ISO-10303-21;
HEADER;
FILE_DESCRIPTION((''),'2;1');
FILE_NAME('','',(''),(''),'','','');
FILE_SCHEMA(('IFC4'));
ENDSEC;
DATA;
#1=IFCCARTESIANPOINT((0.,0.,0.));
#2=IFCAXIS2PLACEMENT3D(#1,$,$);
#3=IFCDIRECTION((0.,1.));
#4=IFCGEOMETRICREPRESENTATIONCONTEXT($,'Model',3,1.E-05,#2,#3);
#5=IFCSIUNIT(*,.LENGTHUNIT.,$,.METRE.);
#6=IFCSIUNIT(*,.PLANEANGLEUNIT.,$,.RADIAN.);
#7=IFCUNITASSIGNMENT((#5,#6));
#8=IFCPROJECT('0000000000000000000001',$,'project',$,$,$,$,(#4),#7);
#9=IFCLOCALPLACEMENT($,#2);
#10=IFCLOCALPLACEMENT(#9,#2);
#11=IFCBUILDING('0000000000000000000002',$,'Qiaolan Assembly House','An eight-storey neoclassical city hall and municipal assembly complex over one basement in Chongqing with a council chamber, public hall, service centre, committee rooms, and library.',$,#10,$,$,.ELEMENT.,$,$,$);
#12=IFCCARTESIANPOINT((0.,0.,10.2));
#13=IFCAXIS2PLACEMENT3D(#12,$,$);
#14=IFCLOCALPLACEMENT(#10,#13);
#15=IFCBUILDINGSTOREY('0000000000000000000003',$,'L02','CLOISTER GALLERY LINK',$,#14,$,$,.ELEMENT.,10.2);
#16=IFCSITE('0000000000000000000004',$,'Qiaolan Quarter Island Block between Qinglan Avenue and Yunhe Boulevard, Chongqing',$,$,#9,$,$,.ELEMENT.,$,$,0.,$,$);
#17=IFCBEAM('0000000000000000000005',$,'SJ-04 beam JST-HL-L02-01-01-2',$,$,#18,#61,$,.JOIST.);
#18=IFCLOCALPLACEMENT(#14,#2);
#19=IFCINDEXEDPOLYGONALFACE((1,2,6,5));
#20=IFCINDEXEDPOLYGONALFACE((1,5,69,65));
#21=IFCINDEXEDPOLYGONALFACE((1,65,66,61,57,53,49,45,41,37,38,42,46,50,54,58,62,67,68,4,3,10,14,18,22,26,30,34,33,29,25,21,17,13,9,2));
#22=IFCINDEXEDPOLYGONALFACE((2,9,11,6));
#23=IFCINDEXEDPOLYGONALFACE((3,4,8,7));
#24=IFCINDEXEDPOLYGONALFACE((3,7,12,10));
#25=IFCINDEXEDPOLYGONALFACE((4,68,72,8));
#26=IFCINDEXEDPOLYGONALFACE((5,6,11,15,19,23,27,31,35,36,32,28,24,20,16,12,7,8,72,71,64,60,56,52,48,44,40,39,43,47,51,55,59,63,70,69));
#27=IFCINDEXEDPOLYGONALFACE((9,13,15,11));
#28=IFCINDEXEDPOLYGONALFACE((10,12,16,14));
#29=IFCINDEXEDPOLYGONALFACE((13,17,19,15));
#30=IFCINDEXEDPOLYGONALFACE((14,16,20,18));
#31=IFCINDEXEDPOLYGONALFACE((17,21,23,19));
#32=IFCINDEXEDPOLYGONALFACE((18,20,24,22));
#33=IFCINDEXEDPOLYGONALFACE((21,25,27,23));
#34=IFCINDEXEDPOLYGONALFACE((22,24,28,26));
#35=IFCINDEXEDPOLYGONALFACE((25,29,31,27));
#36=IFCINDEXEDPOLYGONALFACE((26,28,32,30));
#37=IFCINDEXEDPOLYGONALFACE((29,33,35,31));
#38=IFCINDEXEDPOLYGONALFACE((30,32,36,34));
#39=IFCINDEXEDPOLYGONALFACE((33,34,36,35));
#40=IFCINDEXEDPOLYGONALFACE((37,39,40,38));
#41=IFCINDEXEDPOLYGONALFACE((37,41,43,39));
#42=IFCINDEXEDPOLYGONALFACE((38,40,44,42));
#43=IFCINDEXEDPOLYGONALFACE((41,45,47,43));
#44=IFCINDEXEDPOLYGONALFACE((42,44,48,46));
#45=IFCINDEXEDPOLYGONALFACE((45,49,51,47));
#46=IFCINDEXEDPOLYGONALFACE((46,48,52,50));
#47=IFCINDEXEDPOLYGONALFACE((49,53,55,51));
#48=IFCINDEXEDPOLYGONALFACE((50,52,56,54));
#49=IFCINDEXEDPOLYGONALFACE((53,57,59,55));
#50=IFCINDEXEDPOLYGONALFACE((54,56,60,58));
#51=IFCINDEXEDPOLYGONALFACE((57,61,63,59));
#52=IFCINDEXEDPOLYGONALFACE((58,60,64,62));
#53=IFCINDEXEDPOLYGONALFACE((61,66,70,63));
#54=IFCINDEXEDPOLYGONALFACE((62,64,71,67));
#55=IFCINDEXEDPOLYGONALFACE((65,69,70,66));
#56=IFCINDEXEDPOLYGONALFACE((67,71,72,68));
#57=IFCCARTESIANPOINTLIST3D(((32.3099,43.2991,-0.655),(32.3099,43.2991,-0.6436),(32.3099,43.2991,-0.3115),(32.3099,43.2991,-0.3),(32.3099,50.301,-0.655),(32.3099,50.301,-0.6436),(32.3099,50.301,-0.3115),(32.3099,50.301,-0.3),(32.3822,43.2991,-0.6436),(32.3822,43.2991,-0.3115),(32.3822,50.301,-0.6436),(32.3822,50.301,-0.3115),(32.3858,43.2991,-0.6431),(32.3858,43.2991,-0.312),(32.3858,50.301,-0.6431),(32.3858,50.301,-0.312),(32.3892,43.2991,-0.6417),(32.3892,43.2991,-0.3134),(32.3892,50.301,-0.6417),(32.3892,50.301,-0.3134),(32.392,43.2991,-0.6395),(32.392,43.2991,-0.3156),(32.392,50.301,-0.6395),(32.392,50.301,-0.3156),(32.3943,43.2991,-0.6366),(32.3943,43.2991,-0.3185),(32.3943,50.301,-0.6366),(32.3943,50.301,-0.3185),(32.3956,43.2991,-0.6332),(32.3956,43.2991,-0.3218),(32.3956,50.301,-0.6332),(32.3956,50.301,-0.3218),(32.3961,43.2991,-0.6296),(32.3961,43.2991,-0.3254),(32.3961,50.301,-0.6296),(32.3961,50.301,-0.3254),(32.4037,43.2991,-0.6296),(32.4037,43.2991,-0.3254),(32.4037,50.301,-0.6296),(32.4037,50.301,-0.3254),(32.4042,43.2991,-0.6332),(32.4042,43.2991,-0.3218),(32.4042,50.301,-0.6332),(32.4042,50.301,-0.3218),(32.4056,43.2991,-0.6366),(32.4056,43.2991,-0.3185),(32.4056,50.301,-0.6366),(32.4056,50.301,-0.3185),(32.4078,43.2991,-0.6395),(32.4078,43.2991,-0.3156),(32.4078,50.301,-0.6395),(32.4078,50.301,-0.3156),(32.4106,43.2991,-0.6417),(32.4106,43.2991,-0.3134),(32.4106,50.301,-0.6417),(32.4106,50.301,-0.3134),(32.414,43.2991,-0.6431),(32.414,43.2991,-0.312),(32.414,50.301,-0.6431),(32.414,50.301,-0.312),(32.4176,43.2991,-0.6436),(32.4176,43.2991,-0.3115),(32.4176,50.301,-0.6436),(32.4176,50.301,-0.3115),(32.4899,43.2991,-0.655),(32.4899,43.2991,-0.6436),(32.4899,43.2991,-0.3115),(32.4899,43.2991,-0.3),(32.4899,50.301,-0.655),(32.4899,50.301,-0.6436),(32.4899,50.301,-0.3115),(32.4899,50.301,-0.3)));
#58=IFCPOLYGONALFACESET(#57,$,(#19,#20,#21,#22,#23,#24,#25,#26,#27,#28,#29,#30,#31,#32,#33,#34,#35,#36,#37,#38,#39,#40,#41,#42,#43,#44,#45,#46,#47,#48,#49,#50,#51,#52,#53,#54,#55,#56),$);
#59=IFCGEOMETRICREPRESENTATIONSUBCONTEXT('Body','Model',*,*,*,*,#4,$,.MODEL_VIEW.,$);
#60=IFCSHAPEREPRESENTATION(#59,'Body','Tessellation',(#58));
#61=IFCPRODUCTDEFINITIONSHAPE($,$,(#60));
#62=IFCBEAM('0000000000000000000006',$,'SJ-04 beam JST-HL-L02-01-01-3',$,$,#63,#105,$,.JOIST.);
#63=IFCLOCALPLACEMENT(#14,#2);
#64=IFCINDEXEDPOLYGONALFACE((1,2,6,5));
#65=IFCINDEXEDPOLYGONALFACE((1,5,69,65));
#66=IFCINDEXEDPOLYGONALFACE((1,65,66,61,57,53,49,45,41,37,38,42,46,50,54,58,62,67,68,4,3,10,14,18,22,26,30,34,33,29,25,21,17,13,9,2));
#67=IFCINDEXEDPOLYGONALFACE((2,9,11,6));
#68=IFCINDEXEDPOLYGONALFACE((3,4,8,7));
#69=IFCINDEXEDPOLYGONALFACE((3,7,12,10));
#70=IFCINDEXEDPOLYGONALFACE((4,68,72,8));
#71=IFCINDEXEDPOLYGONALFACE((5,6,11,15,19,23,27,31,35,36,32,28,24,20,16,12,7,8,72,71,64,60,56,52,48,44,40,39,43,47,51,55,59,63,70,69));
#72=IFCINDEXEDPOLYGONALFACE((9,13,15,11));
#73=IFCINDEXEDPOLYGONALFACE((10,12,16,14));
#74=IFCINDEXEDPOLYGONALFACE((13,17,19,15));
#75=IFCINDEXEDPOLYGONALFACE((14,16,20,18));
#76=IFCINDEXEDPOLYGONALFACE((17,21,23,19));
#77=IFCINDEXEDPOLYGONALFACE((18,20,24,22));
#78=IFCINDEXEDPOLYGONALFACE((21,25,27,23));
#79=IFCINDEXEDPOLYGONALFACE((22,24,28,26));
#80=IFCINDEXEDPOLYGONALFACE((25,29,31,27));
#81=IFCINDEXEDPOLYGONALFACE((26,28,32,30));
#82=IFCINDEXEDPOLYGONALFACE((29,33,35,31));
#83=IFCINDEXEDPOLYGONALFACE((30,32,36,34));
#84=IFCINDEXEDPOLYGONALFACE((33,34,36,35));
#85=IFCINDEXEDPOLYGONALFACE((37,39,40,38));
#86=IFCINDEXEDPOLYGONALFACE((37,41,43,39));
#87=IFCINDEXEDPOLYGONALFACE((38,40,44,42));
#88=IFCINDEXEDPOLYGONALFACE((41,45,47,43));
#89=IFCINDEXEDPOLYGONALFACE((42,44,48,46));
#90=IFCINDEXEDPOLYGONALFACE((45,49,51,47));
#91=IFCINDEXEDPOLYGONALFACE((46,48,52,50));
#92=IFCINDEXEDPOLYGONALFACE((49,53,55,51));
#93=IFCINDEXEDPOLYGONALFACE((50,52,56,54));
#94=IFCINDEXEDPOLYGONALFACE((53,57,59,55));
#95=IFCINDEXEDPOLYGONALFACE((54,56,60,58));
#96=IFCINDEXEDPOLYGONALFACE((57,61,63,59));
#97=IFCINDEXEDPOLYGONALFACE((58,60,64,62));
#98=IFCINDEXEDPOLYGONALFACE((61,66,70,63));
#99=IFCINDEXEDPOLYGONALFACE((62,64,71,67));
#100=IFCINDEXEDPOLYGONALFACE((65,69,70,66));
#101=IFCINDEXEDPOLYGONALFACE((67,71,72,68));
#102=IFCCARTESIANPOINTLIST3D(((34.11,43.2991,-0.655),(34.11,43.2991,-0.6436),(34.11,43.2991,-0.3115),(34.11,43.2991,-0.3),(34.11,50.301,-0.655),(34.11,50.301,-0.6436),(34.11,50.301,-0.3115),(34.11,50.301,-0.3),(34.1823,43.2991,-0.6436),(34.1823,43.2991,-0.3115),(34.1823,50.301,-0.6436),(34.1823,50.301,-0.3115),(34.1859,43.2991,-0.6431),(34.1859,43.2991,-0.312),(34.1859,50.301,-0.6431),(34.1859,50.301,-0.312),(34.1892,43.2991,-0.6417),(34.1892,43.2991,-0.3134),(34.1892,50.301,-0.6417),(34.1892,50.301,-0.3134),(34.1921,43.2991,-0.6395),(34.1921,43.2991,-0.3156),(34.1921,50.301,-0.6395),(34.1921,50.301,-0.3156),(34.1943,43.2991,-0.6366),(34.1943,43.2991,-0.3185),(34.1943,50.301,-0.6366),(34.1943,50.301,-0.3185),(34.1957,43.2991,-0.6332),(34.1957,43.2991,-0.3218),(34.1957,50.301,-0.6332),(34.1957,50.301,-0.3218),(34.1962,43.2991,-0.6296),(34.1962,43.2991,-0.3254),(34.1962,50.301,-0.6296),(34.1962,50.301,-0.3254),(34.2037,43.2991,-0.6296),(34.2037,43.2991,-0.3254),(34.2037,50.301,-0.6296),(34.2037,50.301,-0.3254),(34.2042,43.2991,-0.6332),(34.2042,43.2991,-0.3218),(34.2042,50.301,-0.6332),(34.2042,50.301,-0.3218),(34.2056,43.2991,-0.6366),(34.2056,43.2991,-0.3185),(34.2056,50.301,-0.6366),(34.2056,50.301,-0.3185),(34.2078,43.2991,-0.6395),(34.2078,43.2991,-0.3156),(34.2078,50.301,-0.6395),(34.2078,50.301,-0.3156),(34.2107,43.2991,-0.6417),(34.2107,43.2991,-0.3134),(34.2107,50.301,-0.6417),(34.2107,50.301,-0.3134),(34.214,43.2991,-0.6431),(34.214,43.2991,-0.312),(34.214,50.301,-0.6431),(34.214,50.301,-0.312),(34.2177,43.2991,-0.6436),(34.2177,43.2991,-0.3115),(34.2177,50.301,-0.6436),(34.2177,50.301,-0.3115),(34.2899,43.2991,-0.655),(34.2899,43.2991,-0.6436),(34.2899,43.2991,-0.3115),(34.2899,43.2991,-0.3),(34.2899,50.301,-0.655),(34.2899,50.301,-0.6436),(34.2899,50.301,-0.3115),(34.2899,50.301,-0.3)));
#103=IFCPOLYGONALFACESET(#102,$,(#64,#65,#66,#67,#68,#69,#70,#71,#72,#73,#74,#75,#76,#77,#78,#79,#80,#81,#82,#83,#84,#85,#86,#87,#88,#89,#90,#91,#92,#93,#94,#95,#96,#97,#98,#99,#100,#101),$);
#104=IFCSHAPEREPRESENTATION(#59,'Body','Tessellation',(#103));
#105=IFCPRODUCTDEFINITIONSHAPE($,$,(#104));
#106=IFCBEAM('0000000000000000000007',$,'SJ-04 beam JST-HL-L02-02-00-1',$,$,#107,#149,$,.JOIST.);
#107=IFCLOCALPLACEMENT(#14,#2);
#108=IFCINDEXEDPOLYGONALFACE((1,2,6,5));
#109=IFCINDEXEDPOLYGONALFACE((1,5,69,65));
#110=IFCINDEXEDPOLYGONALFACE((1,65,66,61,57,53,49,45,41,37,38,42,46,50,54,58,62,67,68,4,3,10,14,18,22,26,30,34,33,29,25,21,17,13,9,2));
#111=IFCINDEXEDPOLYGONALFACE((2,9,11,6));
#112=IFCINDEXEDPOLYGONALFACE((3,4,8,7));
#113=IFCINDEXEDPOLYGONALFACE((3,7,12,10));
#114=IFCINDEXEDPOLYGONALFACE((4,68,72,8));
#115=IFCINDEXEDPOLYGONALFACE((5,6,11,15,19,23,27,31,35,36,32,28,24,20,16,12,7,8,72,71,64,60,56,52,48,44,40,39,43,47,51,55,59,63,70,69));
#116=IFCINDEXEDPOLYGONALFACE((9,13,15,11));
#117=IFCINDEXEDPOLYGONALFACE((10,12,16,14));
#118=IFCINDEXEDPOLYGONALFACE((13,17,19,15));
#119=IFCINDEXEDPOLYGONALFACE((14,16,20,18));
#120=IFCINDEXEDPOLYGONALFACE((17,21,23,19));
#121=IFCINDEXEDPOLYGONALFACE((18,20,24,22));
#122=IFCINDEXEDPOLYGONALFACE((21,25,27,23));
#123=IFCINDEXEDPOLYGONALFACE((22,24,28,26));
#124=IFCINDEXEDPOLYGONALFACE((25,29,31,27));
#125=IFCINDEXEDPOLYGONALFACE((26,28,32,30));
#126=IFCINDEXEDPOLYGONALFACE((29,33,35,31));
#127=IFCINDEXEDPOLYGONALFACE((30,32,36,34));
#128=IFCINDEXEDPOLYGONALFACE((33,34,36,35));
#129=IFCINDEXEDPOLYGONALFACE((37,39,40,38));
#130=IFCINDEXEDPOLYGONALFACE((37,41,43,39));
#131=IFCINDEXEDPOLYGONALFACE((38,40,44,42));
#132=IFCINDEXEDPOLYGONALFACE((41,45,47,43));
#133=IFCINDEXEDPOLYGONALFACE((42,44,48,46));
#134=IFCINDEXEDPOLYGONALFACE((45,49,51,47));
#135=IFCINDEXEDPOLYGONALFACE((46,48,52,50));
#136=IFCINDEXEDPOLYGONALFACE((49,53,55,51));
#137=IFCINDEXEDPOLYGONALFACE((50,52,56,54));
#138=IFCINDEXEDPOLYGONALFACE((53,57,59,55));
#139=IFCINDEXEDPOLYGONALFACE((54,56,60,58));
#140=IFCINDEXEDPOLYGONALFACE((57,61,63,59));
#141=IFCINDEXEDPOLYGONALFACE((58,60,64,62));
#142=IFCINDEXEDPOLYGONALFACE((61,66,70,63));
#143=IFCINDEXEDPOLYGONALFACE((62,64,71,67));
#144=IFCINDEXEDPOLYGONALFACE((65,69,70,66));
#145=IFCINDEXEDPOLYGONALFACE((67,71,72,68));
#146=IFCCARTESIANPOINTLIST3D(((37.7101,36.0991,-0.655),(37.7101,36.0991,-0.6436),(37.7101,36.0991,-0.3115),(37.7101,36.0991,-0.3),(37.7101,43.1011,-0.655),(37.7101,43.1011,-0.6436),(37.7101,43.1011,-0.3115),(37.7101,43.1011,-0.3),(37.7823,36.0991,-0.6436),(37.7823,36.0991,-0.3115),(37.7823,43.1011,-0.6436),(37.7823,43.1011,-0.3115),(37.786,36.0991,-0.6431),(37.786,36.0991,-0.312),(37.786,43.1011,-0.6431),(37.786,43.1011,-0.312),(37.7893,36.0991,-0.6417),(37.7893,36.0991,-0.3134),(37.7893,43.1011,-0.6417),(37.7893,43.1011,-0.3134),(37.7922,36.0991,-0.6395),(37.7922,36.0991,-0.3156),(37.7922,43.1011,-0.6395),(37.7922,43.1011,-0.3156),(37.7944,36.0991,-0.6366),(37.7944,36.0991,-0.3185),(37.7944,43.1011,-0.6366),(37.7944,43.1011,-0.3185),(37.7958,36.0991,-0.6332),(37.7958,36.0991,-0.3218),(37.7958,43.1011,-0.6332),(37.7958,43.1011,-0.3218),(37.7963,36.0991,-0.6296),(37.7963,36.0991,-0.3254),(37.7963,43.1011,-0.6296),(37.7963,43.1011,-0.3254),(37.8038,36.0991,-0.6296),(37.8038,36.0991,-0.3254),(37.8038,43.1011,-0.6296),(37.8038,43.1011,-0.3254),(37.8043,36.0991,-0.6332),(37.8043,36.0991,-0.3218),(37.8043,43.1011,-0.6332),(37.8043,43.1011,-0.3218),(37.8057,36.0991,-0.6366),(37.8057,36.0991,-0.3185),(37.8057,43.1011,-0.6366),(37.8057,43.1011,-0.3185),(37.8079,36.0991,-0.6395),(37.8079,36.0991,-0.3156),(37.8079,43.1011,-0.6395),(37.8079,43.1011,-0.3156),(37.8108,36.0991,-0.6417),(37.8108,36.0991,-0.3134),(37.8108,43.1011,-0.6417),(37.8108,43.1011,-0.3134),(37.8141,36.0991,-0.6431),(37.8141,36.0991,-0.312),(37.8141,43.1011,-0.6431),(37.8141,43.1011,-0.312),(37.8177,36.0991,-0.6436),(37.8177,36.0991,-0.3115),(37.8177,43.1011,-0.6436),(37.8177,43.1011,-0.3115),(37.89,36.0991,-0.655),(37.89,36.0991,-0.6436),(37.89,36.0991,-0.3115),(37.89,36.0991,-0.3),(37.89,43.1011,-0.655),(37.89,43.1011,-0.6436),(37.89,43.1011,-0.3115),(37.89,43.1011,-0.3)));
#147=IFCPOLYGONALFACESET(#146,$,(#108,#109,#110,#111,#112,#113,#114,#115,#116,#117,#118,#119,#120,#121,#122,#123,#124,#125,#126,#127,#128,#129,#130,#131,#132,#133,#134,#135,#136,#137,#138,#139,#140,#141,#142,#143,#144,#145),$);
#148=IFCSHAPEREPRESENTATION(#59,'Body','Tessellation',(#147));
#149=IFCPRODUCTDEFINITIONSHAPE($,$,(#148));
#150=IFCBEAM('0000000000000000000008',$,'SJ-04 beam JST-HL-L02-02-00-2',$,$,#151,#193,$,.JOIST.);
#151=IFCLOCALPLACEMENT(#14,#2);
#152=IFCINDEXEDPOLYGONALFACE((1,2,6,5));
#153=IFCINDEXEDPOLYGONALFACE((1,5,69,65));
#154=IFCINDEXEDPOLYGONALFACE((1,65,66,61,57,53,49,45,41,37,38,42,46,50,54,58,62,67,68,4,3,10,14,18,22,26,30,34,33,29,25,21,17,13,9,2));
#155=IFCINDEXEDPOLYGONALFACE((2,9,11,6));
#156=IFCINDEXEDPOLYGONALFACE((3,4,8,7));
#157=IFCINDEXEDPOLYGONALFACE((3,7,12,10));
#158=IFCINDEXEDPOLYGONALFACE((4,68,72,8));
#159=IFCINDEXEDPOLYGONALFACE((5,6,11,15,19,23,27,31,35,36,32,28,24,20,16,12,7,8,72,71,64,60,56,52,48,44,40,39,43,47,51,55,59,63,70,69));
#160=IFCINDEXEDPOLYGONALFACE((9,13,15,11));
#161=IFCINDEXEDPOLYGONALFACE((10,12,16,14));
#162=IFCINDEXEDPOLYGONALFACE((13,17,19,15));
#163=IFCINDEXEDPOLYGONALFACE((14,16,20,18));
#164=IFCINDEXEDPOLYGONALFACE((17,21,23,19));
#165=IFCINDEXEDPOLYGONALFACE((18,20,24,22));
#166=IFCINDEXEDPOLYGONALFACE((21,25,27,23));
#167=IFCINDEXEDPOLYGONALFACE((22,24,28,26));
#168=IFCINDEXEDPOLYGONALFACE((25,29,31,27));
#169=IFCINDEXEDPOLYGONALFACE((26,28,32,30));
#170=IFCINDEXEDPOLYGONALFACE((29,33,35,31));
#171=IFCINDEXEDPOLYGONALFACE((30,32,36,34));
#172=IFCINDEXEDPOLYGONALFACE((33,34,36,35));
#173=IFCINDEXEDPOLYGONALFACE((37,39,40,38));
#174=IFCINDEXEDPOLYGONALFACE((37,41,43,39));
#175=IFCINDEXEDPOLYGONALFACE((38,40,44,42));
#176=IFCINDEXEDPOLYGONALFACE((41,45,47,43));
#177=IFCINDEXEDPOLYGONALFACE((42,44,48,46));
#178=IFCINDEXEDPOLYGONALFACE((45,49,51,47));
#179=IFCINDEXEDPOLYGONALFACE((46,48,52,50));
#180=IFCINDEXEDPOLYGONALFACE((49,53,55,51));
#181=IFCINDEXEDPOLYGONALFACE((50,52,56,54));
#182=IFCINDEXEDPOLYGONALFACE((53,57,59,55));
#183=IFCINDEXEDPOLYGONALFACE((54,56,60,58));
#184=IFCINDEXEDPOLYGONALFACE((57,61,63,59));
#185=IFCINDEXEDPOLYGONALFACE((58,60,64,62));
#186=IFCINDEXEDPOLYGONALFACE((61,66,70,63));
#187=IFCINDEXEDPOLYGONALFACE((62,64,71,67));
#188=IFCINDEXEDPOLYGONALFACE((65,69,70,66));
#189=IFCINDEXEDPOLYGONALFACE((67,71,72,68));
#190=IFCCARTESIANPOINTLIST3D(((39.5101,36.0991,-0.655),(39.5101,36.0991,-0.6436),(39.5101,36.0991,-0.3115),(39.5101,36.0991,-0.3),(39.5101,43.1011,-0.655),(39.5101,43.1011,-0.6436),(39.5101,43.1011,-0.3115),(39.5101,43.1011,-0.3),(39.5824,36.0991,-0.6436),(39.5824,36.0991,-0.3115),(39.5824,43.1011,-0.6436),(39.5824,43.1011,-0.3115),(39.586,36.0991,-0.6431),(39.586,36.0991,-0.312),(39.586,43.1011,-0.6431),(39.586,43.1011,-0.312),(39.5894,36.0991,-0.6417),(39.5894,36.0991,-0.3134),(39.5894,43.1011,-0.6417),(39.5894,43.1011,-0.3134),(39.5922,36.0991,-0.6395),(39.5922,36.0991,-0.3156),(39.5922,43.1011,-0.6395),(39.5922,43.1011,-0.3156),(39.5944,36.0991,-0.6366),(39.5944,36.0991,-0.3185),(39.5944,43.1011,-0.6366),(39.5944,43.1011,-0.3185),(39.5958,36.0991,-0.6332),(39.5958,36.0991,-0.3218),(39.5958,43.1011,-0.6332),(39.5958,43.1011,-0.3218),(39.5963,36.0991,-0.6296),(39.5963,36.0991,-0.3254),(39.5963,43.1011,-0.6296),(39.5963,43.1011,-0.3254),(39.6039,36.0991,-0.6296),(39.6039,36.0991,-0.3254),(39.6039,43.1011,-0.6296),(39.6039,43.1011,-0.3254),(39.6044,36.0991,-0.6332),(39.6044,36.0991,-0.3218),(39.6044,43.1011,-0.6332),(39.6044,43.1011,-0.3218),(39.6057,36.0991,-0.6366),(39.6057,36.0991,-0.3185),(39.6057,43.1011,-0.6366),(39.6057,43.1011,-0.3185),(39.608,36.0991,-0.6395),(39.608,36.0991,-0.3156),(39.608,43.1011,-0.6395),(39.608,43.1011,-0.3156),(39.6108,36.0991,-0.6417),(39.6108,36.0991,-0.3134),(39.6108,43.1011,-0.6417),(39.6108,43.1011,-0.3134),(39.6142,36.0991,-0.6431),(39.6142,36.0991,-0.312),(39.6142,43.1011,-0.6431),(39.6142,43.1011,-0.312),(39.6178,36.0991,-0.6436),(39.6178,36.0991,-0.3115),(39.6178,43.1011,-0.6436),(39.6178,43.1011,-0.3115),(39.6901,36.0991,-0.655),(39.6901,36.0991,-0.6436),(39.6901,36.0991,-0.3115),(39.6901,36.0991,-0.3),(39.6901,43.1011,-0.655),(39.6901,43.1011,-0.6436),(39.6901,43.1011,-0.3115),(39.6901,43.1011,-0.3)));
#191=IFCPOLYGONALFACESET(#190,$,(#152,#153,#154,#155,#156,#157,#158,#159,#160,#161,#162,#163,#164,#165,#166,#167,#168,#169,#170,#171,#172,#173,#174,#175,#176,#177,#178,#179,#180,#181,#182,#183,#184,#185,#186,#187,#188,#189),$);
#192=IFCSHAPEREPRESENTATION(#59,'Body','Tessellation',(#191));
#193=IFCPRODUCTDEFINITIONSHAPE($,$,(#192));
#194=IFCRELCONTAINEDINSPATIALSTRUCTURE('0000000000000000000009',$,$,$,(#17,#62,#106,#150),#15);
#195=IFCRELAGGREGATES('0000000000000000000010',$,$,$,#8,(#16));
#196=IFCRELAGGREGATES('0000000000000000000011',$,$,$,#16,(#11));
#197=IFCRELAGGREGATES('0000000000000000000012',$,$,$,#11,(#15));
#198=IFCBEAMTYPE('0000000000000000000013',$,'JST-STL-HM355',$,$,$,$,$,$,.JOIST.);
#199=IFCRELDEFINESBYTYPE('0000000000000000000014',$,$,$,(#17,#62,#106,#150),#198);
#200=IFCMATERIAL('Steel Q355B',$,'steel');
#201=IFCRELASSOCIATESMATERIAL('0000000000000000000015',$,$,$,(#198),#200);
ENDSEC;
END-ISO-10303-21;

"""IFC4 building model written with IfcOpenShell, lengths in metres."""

from ifc_helpers import new_model, si_unit, direction, frame, origin, origin_2d, place, context, subcontext, project, spatial, i_section, extrude, material, material_profile, profile_set, type_object, element, save


model = new_model("IFC4")

# Units and contexts
model_context = context("Model", 3, precision=1e-05, world=origin(), true_north=direction((0.0, 1.0)))
body_context = subcontext(model_context, "Body", "Model", "MODEL_VIEW")
ifc_project = project(units=[si_unit("LENGTHUNIT", "METRE"), si_unit("PLANEANGLEUNIT", "RADIAN")], contexts=[model_context])

# Site, building, storey
site_placement = place(None, origin())
site = spatial("IfcSite", under=ifc_project, at=site_placement, Name="Qiaolan Quarter Island Block between Qinglan Avenue and Yunhe Boulevard, Chongqing", CompositionType="ELEMENT", RefElevation=0.0)
building_placement = place(site_placement, origin())
building = spatial("IfcBuilding", under=site, at=building_placement, Name="Qiaolan Assembly House", Description="An eight-storey neoclassical city hall and municipal assembly complex over one basement in Chongqing with a council chamber, public hall, service centre, committee rooms, and library.", CompositionType="ELEMENT")
storey_placement = place(building_placement, frame((0.0, 0.0, 10.2)))
storey = spatial("IfcBuildingStorey", under=building, at=storey_placement, Name="L02", Description="CLOISTER GALLERY LINK", CompositionType="ELEMENT", Elevation=10.2)

# Shared definitions
ifc_material_1 = material(Name="Steel Q355B", Category="steel")

# Beams
ifc_material_profile_1 = material_profile(ifc_material_1, i_section(OverallWidth=0.1799, OverallDepth=0.355, WebThickness=0.0076, FlangeThickness=0.0115, FilletRadius=0.0139, at=origin_2d()), Name="HM 355x180x7.5x11.5")
ifc_profile_set_1 = profile_set([ifc_material_profile_1], Name="Steel Q355B")
beam_type_1 = type_object("IfcBeamType", Name="JST-STL-HM355", PredefinedType="JOIST", material=ifc_profile_set_1)
for number, where, z_axis, x_axis, name in (
    (1, (32.3999, 43.2991, -0.4775), (0.0, 1.0, 0.0), (-1.0, 0.0, 0.0), "SJ-04 beam JST-HL-L02-01-01-2"),
    (2, (34.2, 43.2991, -0.4775), (0.0, 1.0, 0.0), (-1.0, 0.0, 0.0), "SJ-04 beam JST-HL-L02-01-01-3"),
    (3, (37.8, 36.0991, -0.4775), (0.0, 1.0, 0.0), (-1.0, 0.0, 0.0), "SJ-04 beam JST-HL-L02-02-00-1"),
    (4, (39.6001, 36.0991, -0.4775), (0.0, 1.0, 0.0), (-1.0, 0.0, 0.0), "SJ-04 beam JST-HL-L02-02-00-2"),
):
    element("IfcBeam", number, at=place(storey_placement, frame(where, z_axis=z_axis, x_axis=x_axis)), inside=storey, type_object=beam_type_1, Name=name, PredefinedType="JOIST", context=body_context, shape_type="SweptSolid", body=[
        extrude(i_section(OverallWidth=0.1799, OverallDepth=0.355, WebThickness=0.0076, FlangeThickness=0.0115, FilletRadius=0.0139, at=origin_2d()), origin(), (0.0, 0.0, 1.0), 7.002),
    ])

save(model, "model.ifc")
